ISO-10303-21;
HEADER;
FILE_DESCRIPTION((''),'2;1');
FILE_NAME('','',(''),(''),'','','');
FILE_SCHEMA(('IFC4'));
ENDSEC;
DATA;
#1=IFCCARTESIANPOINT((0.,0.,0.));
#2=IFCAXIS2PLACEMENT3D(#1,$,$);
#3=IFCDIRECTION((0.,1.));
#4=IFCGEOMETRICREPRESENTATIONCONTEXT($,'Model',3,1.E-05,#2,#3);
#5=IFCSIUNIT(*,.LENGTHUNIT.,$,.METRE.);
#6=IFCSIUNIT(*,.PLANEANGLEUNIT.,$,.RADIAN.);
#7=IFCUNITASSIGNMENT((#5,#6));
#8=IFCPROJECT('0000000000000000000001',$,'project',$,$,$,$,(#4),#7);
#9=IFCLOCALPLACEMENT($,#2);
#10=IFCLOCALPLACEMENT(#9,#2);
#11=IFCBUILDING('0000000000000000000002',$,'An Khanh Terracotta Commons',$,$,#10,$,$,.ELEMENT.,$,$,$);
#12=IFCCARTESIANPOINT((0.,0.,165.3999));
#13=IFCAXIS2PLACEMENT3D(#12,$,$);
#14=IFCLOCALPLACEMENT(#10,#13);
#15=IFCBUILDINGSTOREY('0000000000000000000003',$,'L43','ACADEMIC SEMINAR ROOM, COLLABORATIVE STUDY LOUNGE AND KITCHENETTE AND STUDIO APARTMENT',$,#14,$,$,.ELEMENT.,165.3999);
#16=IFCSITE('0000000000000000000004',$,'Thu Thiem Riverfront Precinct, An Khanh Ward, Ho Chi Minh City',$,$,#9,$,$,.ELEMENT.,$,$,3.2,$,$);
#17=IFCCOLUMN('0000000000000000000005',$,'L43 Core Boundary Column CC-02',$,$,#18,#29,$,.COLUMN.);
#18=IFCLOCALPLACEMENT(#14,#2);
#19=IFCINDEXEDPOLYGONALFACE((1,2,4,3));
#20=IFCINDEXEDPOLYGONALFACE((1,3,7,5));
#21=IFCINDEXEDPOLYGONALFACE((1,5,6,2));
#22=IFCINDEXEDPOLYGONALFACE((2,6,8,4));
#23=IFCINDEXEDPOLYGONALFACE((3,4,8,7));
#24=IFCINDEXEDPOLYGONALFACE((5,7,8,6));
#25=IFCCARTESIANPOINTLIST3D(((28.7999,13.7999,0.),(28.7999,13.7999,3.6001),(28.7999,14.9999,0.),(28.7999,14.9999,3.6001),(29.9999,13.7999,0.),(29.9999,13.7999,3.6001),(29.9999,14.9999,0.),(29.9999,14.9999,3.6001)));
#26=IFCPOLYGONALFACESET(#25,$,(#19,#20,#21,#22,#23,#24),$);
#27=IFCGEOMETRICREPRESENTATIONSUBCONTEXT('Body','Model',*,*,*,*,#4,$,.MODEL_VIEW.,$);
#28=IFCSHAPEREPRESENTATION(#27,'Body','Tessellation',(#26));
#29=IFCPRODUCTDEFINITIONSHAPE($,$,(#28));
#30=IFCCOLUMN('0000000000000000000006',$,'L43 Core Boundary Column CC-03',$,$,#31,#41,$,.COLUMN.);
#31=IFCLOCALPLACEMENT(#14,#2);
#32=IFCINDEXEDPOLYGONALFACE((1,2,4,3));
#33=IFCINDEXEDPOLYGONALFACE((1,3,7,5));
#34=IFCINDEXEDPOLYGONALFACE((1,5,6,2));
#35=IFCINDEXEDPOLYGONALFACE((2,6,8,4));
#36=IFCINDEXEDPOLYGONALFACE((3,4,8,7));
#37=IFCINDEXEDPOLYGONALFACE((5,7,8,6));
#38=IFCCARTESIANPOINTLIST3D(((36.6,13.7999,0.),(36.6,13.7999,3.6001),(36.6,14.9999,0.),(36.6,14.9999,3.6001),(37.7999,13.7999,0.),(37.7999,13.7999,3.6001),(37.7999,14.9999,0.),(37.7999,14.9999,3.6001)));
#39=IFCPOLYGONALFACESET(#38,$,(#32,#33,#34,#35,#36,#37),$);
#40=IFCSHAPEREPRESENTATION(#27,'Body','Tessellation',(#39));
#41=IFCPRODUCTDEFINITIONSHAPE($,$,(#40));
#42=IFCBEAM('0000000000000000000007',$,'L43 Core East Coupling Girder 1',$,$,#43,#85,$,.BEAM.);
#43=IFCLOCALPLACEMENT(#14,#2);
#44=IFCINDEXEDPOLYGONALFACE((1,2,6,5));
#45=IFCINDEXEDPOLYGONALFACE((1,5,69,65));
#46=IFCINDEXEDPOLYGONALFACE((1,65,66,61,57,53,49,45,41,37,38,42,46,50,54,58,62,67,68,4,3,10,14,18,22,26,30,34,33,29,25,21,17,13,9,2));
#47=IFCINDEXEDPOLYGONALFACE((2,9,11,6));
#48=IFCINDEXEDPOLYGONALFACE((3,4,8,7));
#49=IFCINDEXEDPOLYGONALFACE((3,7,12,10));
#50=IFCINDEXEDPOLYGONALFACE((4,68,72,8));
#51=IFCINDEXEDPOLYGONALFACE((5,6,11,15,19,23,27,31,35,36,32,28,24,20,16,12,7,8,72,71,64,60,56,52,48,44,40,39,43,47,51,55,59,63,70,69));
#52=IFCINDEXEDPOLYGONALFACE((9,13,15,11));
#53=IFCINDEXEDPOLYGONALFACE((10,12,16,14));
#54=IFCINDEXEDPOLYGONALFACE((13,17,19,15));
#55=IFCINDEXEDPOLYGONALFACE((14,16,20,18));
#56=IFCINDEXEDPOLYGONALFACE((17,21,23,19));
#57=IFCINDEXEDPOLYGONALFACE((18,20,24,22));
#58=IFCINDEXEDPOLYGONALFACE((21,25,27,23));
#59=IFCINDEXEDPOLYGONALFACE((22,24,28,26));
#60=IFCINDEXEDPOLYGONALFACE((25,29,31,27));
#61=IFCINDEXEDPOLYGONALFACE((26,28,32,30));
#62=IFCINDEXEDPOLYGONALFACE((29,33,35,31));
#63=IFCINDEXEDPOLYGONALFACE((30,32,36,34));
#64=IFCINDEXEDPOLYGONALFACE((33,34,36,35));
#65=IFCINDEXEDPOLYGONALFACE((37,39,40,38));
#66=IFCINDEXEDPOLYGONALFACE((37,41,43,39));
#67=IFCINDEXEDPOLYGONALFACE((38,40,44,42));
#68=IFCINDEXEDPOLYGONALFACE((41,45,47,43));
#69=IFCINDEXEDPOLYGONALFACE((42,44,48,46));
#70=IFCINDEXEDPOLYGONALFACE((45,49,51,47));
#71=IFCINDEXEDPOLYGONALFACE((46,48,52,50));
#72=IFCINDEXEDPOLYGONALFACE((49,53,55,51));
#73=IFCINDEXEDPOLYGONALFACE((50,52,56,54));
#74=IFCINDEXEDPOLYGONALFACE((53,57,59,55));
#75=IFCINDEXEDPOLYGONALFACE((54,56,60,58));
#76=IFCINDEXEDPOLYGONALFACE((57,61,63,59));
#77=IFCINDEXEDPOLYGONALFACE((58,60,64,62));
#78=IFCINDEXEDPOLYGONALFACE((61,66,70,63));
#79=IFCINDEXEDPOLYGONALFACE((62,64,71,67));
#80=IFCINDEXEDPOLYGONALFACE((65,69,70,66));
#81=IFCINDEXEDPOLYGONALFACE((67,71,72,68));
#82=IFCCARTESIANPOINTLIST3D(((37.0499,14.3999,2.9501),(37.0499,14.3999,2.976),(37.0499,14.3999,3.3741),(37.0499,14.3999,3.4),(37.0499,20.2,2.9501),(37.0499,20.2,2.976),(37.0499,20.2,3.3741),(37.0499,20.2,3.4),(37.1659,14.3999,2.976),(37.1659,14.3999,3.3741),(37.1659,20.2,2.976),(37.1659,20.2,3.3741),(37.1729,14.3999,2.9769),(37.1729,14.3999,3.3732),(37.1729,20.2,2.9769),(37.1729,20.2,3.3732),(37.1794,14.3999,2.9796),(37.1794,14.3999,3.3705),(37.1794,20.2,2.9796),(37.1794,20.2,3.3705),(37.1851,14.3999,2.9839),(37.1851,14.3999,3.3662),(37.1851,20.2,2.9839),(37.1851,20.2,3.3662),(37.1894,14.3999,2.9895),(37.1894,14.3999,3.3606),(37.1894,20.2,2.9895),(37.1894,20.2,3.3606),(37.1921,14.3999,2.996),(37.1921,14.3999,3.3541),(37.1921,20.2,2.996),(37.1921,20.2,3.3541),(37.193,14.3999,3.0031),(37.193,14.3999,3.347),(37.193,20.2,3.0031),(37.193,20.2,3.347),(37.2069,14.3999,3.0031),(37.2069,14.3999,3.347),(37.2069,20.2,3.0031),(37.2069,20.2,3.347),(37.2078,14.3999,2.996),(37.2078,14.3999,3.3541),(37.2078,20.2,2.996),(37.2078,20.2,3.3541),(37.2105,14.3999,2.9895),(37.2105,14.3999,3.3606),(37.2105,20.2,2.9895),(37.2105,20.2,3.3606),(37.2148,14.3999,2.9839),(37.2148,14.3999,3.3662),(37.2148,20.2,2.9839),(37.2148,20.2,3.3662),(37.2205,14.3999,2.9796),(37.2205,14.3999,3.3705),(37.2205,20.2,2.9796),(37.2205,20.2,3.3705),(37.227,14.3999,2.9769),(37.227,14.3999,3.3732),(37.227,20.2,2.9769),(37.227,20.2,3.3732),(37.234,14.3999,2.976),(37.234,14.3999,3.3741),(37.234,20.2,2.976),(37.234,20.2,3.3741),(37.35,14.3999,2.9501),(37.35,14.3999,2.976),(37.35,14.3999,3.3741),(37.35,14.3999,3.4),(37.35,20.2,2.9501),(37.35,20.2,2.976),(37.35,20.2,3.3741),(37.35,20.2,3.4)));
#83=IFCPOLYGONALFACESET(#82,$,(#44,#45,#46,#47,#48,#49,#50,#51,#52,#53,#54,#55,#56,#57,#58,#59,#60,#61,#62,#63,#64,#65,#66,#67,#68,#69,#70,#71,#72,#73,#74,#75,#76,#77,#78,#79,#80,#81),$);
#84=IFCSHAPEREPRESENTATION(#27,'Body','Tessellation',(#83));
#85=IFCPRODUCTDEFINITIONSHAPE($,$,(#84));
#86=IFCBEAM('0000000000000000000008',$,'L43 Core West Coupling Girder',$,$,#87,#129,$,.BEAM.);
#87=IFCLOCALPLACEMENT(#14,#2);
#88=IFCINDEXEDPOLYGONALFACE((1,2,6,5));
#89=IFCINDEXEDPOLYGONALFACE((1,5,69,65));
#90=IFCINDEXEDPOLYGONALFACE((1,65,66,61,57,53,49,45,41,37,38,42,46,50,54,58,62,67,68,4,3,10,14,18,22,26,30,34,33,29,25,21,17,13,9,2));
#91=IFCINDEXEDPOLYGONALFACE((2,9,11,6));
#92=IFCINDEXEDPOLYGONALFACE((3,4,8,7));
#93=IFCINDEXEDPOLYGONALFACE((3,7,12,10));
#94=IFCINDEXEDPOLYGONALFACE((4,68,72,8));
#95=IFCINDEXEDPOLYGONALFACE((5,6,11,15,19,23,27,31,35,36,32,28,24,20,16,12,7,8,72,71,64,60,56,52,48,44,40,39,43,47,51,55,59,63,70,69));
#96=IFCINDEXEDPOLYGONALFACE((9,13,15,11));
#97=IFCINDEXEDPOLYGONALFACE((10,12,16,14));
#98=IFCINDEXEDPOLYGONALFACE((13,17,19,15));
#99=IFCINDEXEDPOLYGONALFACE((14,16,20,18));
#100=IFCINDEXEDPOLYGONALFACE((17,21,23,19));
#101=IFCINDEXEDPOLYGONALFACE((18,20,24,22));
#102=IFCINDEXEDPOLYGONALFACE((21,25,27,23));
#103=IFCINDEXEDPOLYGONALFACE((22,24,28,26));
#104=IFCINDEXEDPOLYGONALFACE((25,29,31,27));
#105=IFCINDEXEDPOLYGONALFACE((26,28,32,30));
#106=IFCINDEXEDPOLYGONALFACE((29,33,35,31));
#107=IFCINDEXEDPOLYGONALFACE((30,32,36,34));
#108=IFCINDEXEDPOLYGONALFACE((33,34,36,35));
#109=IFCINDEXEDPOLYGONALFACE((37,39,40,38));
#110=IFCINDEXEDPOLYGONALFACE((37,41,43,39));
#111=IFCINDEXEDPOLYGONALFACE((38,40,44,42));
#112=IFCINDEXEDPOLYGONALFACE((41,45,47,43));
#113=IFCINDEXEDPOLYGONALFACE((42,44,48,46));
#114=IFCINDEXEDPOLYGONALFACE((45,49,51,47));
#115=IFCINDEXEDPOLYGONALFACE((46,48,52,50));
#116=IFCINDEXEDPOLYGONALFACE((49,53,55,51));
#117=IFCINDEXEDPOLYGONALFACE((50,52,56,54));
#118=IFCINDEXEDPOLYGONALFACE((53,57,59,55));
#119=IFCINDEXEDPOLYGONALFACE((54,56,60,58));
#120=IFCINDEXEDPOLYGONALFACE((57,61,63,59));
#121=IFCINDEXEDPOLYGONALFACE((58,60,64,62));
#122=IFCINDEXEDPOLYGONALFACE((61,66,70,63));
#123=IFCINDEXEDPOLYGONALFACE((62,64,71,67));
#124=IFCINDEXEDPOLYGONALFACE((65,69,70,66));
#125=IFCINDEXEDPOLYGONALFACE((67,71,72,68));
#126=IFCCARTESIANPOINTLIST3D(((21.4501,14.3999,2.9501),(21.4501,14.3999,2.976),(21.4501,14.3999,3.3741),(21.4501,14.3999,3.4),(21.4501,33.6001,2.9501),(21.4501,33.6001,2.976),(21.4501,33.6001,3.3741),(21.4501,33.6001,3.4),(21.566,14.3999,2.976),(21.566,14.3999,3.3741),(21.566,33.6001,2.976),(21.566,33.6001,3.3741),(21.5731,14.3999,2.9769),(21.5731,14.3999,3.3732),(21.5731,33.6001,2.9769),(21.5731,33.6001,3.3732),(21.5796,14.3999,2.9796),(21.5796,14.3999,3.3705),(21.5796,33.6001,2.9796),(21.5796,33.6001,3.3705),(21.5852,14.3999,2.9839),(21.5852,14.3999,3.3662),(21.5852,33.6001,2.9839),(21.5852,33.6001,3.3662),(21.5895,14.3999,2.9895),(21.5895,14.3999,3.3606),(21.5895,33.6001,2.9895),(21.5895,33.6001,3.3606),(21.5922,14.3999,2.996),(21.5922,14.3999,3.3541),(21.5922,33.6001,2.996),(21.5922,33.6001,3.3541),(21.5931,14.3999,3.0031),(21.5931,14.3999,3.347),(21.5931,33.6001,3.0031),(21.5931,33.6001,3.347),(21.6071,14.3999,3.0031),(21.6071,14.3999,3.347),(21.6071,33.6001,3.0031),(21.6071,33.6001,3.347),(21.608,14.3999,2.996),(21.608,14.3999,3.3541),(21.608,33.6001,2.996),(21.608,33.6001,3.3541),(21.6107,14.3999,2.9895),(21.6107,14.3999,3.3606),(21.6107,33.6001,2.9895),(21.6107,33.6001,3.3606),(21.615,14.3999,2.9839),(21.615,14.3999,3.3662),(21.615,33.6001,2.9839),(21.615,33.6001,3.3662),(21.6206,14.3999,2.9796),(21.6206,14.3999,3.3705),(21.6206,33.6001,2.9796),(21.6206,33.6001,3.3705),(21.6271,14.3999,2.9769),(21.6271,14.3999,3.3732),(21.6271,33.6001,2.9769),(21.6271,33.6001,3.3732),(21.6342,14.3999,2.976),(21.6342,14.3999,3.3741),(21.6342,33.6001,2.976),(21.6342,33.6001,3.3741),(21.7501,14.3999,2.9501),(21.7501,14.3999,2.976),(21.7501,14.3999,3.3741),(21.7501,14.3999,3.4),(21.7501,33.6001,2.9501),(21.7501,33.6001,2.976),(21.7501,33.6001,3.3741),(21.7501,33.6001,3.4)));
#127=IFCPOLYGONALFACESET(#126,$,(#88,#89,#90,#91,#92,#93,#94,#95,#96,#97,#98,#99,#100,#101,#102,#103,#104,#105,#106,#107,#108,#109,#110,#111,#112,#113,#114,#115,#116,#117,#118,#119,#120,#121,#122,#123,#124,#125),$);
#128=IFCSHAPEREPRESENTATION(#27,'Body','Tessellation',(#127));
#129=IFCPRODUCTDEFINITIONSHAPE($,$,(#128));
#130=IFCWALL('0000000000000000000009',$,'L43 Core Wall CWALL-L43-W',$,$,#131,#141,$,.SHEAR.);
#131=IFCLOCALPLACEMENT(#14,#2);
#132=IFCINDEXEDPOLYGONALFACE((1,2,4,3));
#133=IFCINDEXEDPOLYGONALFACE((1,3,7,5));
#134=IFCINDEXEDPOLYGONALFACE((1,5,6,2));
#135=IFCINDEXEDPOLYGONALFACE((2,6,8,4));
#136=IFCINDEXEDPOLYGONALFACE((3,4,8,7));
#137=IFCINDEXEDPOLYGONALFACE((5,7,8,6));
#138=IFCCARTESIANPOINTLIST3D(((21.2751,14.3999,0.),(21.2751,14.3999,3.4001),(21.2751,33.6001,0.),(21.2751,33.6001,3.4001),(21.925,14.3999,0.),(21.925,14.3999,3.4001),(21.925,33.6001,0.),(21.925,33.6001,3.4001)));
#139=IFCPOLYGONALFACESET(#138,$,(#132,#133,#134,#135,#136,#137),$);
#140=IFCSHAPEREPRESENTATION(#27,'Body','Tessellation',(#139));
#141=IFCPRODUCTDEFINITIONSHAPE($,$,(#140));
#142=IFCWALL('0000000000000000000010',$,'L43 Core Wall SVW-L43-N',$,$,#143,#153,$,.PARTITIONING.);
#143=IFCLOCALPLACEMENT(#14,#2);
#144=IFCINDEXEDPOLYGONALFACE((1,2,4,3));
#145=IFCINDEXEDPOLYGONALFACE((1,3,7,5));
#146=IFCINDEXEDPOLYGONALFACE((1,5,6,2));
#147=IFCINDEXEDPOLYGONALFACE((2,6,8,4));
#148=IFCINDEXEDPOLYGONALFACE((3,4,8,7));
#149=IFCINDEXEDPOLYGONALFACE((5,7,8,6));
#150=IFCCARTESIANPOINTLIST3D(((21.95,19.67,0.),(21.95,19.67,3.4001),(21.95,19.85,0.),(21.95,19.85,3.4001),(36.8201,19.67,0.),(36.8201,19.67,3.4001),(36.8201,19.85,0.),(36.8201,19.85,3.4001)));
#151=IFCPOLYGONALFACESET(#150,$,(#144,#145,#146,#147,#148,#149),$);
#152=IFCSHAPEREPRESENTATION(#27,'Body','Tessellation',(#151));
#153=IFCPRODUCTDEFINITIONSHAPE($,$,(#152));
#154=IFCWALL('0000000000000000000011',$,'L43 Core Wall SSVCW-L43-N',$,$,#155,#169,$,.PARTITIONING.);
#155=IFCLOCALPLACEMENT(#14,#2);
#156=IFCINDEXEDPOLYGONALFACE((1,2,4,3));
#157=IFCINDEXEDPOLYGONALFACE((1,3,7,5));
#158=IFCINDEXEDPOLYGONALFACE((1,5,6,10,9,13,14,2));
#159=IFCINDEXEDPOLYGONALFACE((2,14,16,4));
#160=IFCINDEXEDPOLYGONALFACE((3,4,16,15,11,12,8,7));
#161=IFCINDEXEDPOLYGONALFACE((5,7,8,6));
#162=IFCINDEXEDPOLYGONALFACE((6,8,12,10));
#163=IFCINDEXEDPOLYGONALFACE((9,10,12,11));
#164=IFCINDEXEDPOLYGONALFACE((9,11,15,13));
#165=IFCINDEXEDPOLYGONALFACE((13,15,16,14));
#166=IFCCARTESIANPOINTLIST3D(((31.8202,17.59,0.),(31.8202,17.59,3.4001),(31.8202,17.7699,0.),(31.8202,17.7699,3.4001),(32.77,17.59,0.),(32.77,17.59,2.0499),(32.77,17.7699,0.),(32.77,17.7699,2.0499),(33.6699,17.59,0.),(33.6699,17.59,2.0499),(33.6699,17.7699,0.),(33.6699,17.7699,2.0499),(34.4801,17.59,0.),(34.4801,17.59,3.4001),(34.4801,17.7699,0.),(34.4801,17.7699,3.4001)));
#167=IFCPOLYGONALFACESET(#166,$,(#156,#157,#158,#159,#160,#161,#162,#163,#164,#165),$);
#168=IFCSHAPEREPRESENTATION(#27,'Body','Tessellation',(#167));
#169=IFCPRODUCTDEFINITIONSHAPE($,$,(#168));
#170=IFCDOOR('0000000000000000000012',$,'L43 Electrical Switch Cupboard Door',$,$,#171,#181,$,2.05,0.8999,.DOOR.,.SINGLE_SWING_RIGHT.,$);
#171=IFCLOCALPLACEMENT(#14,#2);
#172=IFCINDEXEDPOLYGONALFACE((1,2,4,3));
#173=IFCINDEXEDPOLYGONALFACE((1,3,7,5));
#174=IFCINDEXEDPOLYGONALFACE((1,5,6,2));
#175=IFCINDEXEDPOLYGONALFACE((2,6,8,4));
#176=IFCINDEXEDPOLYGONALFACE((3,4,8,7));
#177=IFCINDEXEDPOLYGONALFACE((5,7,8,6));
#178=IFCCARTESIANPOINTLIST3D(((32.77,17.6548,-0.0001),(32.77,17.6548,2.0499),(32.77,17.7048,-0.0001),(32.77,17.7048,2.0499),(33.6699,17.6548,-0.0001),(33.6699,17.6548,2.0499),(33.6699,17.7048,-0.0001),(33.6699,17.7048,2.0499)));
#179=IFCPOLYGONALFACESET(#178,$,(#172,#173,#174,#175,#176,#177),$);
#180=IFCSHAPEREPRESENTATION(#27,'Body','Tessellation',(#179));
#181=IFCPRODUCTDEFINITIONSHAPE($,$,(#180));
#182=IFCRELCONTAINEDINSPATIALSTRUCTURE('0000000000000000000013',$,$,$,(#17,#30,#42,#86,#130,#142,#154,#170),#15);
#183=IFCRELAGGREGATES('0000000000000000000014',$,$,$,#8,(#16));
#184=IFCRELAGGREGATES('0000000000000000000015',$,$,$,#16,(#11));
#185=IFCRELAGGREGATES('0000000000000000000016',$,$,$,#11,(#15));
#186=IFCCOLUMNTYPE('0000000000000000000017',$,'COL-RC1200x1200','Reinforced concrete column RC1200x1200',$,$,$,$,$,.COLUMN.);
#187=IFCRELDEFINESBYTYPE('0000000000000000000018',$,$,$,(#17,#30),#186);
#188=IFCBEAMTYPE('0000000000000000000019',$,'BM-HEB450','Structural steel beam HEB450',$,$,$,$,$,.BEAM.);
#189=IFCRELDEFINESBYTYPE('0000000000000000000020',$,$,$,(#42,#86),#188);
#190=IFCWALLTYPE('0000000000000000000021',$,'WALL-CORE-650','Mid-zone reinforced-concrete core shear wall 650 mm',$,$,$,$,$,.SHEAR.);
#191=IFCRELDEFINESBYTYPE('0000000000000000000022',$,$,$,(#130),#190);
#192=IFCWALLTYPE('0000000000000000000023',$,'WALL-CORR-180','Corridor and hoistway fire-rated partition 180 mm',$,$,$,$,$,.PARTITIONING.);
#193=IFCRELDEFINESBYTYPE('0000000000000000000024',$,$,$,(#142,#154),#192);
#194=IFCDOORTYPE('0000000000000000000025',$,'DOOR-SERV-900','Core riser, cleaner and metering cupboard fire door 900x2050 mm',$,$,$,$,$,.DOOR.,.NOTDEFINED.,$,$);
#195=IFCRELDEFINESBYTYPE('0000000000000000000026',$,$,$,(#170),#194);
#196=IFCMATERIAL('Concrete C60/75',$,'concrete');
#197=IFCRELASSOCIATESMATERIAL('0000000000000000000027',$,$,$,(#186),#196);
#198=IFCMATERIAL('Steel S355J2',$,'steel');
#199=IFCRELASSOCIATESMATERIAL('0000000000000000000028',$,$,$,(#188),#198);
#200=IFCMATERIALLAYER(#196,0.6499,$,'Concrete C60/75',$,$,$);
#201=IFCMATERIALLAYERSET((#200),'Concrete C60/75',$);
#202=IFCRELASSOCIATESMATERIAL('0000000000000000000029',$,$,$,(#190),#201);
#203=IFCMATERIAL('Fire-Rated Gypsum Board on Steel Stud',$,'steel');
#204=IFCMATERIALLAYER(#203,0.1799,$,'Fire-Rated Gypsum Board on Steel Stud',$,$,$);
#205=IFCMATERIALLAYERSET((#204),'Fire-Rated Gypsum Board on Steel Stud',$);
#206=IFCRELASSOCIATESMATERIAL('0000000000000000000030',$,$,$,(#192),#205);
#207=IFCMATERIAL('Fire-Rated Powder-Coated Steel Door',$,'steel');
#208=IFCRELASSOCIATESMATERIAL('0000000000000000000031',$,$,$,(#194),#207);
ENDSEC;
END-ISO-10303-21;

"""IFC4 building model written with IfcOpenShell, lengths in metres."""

from ifc_helpers import new_model, si_unit, direction, frame, frame_2d, origin, origin_2d, place, context, subcontext, project, spatial, rectangle, i_section, extrude, material, layer, layer_set, material_profile, profile_set, type_object, element, fill, save


model = new_model("IFC4")

# Units and contexts
model_context = context("Model", 3, precision=1e-05, world=origin(), true_north=direction((0.0, 1.0)))
body_context = subcontext(model_context, "Body", "Model", "MODEL_VIEW")
ifc_project = project(units=[si_unit("LENGTHUNIT", "METRE"), si_unit("PLANEANGLEUNIT", "RADIAN")], contexts=[model_context])

# Site, building, storey
site_placement = place(None, origin())
site = spatial("IfcSite", under=ifc_project, at=site_placement, Name="Thu Thiem Riverfront Precinct, An Khanh Ward, Ho Chi Minh City", CompositionType="ELEMENT", RefElevation=3.2)
building_placement = place(site_placement, origin())
building = spatial("IfcBuilding", under=site, at=building_placement, Name="An Khanh Terracotta Commons", CompositionType="ELEMENT")
storey_placement = place(building_placement, frame((0.0, 0.0, 165.3999)))
storey = spatial("IfcBuildingStorey", under=building, at=storey_placement, Name="L43", Description="ACADEMIC SEMINAR ROOM, COLLABORATIVE STUDY LOUNGE AND KITCHENETTE AND STUDIO APARTMENT", CompositionType="ELEMENT", Elevation=165.3999)

# Columns
ifc_material_1 = material(Name="Concrete C60/75", Category="concrete")
ifc_material_profile_1 = material_profile(ifc_material_1, rectangle(XDim=1.2, YDim=1.2, at=origin_2d()), Name="RC1200x1200")
ifc_profile_set_1 = profile_set([ifc_material_profile_1], Name="Concrete C60/75")
column_type = type_object("IfcColumnType", Name="COL-RC1200x1200", Description="Reinforced concrete column RC1200x1200", PredefinedType="COLUMN", material=ifc_profile_set_1)
for number, where, z_axis, x_axis, name in (
    (1, (29.3999, 14.3999, 0.0), (0.0, 0.0, 1.0), (1.0, 0.0, 0.0), "L43 Core Boundary Column CC-02"),
    (2, (37.2, 14.3999, 0.0), (0.0, 0.0, 1.0), (1.0, 0.0, 0.0), "L43 Core Boundary Column CC-03"),
):
    element("IfcColumn", number, at=place(storey_placement, frame(where, z_axis=z_axis, x_axis=x_axis)), inside=storey, type_object=column_type, Name=name, PredefinedType="COLUMN", context=body_context, shape_type="SweptSolid", body=[
        extrude(rectangle(XDim=1.2, YDim=1.2, at=origin_2d()), origin(), (0.0, 0.0, 1.0), 3.6001),
    ])

# Beams
ifc_material_2 = material(Name="Steel S355J2", Category="steel")
ifc_material_profile_2 = material_profile(ifc_material_2, i_section(OverallWidth=0.3, OverallDepth=0.45, WebThickness=0.0139, FlangeThickness=0.0259, FilletRadius=0.0271, at=origin_2d()), Name="HEB450")
ifc_profile_set_2 = profile_set([ifc_material_profile_2], Name="Steel S355J2")
beam_type = type_object("IfcBeamType", Name="BM-HEB450", Description="Structural steel beam HEB450", PredefinedType="BEAM", material=ifc_profile_set_2)
beam_1_placement = place(storey_placement, frame((37.2, 14.3999, 3.175), z_axis=(0.0, 1.0, 0.0), x_axis=(-1.0, 0.0, 0.0)))
element("IfcBeam", 3, at=beam_1_placement, inside=storey, type_object=beam_type, Name="L43 Core East Coupling Girder 1", PredefinedType="BEAM", context=body_context, shape_type="SweptSolid", body=[
    extrude(i_section(OverallWidth=0.3, OverallDepth=0.45, WebThickness=0.0139, FlangeThickness=0.0259, FilletRadius=0.0271, at=origin_2d()), origin(), (0.0, 0.0, 1.0), 5.8),
])
beam_2_placement = place(storey_placement, frame((21.6001, 14.3999, 3.175), z_axis=(0.0, 1.0, 0.0), x_axis=(-1.0, 0.0, 0.0)))
element("IfcBeam", 4, at=beam_2_placement, inside=storey, type_object=beam_type, Name="L43 Core West Coupling Girder", PredefinedType="BEAM", context=body_context, shape_type="SweptSolid", body=[
    extrude(i_section(OverallWidth=0.3, OverallDepth=0.45, WebThickness=0.0139, FlangeThickness=0.0259, FilletRadius=0.0271, at=origin_2d()), origin(), (0.0, 0.0, 1.0), 19.2002),
])

# Walls
ifc_layer_1 = layer(ifc_material_1, 0.6499, Name="Concrete C60/75")
ifc_layer_set_1 = layer_set([ifc_layer_1], Name="Concrete C60/75")
wall_type_1 = type_object("IfcWallType", Name="WALL-CORE-650", Description="Mid-zone reinforced-concrete core shear wall 650 mm", PredefinedType="SHEAR", material=ifc_layer_set_1)
wall_1_placement = place(storey_placement, frame((21.6001, 14.3999, 0.0), z_axis=(0.0, 0.0, 1.0), x_axis=(0.0, 1.0, 0.0)))
element("IfcWall", 5, at=wall_1_placement, inside=storey, type_object=wall_type_1, Name="L43 Core Wall CWALL-L43-W", PredefinedType="SHEAR", context=body_context, shape_type="SweptSolid", body=[
    extrude(rectangle(XDim=19.2002, YDim=0.6499, at=frame_2d((9.6001, 0.0))), origin(), (0.0, 0.0, 1.0), 3.4001),
])
ifc_material_3 = material(Name="Fire-Rated Gypsum Board on Steel Stud", Category="steel")
ifc_layer_2 = layer(ifc_material_3, 0.1799, Name="Fire-Rated Gypsum Board on Steel Stud")
ifc_layer_set_2 = layer_set([ifc_layer_2], Name="Fire-Rated Gypsum Board on Steel Stud")
wall_type_2 = type_object("IfcWallType", Name="WALL-CORR-180", Description="Corridor and hoistway fire-rated partition 180 mm", PredefinedType="PARTITIONING", material=ifc_layer_set_2)
wall_2_placement = place(storey_placement, frame((21.95, 19.76, 0.0), z_axis=(0.0, 0.0, 1.0), x_axis=(1.0, 0.0, 0.0)))
element("IfcWall", 6, at=wall_2_placement, inside=storey, type_object=wall_type_2, Name="L43 Core Wall SVW-L43-N", PredefinedType="PARTITIONING", context=body_context, shape_type="SweptSolid", body=[
    extrude(rectangle(XDim=14.8701, YDim=0.1799, at=frame_2d((7.4351, 0.0))), origin(), (0.0, 0.0, 1.0), 3.4001),
])

# Wall, opening, door
wall_3_placement = place(storey_placement, frame((31.8201, 17.6799, 0.0), z_axis=(0.0, 0.0, 1.0), x_axis=(1.0, 0.0, 0.0)))
wall_3 = element("IfcWall", 7, at=wall_3_placement, inside=storey, type_object=wall_type_2, Name="L43 Core Wall SSVCW-L43-N", PredefinedType="PARTITIONING", context=body_context, shape_type="SweptSolid", body=[
    extrude(rectangle(XDim=2.6599, YDim=0.1799, at=frame_2d((1.3301, 0.0))), origin(), (0.0, 0.0, 1.0), 3.4001),
])
opening_1_placement = place(wall_3_placement, frame((0.95, 0.0, 0.0)))
opening_1 = element("IfcOpeningElement", 8, at=opening_1_placement, cuts=wall_3, PredefinedType="OPENING", context=body_context, shape_type="SweptSolid", body=[
    extrude(rectangle(XDim=0.8999, YDim=2.05, at=frame_2d((0.45, 1.0249))), frame((0.0, 0.0999, 0.0), z_axis=(0.0, -1.0, 0.0), x_axis=(1.0, 0.0, 0.0)), (0.0, 0.0, 1.0), 0.2),
])
ifc_material_4 = material(Name="Fire-Rated Powder-Coated Steel Door", Category="steel")
door_type_1 = type_object("IfcDoorType", Name="DOOR-SERV-900", Description="Core riser, cleaner and metering cupboard fire door 900x2050 mm", OperationType="NOTDEFINED", PredefinedType="DOOR", material=ifc_material_4)
door_1_placement = place(opening_1_placement, origin())
door_1 = element("IfcDoor", 9, at=door_1_placement, inside=storey, type_object=door_type_1, Name="L43 Electrical Switch Cupboard Door", OperationType="SINGLE_SWING_RIGHT", OverallHeight=2.05, OverallWidth=0.8999, PredefinedType="DOOR", context=body_context, shape_type="SweptSolid", body=[
    extrude(rectangle(XDim=0.8999, YDim=2.05, at=frame_2d((0.45, 1.0249))), frame((0.0, 0.0249, 0.0), z_axis=(0.0, -1.0, 0.0), x_axis=(1.0, 0.0, 0.0)), (0.0, 0.0, 1.0), 0.05),
])
fill(opening_1, door_1)

save(model, "model.ifc")
